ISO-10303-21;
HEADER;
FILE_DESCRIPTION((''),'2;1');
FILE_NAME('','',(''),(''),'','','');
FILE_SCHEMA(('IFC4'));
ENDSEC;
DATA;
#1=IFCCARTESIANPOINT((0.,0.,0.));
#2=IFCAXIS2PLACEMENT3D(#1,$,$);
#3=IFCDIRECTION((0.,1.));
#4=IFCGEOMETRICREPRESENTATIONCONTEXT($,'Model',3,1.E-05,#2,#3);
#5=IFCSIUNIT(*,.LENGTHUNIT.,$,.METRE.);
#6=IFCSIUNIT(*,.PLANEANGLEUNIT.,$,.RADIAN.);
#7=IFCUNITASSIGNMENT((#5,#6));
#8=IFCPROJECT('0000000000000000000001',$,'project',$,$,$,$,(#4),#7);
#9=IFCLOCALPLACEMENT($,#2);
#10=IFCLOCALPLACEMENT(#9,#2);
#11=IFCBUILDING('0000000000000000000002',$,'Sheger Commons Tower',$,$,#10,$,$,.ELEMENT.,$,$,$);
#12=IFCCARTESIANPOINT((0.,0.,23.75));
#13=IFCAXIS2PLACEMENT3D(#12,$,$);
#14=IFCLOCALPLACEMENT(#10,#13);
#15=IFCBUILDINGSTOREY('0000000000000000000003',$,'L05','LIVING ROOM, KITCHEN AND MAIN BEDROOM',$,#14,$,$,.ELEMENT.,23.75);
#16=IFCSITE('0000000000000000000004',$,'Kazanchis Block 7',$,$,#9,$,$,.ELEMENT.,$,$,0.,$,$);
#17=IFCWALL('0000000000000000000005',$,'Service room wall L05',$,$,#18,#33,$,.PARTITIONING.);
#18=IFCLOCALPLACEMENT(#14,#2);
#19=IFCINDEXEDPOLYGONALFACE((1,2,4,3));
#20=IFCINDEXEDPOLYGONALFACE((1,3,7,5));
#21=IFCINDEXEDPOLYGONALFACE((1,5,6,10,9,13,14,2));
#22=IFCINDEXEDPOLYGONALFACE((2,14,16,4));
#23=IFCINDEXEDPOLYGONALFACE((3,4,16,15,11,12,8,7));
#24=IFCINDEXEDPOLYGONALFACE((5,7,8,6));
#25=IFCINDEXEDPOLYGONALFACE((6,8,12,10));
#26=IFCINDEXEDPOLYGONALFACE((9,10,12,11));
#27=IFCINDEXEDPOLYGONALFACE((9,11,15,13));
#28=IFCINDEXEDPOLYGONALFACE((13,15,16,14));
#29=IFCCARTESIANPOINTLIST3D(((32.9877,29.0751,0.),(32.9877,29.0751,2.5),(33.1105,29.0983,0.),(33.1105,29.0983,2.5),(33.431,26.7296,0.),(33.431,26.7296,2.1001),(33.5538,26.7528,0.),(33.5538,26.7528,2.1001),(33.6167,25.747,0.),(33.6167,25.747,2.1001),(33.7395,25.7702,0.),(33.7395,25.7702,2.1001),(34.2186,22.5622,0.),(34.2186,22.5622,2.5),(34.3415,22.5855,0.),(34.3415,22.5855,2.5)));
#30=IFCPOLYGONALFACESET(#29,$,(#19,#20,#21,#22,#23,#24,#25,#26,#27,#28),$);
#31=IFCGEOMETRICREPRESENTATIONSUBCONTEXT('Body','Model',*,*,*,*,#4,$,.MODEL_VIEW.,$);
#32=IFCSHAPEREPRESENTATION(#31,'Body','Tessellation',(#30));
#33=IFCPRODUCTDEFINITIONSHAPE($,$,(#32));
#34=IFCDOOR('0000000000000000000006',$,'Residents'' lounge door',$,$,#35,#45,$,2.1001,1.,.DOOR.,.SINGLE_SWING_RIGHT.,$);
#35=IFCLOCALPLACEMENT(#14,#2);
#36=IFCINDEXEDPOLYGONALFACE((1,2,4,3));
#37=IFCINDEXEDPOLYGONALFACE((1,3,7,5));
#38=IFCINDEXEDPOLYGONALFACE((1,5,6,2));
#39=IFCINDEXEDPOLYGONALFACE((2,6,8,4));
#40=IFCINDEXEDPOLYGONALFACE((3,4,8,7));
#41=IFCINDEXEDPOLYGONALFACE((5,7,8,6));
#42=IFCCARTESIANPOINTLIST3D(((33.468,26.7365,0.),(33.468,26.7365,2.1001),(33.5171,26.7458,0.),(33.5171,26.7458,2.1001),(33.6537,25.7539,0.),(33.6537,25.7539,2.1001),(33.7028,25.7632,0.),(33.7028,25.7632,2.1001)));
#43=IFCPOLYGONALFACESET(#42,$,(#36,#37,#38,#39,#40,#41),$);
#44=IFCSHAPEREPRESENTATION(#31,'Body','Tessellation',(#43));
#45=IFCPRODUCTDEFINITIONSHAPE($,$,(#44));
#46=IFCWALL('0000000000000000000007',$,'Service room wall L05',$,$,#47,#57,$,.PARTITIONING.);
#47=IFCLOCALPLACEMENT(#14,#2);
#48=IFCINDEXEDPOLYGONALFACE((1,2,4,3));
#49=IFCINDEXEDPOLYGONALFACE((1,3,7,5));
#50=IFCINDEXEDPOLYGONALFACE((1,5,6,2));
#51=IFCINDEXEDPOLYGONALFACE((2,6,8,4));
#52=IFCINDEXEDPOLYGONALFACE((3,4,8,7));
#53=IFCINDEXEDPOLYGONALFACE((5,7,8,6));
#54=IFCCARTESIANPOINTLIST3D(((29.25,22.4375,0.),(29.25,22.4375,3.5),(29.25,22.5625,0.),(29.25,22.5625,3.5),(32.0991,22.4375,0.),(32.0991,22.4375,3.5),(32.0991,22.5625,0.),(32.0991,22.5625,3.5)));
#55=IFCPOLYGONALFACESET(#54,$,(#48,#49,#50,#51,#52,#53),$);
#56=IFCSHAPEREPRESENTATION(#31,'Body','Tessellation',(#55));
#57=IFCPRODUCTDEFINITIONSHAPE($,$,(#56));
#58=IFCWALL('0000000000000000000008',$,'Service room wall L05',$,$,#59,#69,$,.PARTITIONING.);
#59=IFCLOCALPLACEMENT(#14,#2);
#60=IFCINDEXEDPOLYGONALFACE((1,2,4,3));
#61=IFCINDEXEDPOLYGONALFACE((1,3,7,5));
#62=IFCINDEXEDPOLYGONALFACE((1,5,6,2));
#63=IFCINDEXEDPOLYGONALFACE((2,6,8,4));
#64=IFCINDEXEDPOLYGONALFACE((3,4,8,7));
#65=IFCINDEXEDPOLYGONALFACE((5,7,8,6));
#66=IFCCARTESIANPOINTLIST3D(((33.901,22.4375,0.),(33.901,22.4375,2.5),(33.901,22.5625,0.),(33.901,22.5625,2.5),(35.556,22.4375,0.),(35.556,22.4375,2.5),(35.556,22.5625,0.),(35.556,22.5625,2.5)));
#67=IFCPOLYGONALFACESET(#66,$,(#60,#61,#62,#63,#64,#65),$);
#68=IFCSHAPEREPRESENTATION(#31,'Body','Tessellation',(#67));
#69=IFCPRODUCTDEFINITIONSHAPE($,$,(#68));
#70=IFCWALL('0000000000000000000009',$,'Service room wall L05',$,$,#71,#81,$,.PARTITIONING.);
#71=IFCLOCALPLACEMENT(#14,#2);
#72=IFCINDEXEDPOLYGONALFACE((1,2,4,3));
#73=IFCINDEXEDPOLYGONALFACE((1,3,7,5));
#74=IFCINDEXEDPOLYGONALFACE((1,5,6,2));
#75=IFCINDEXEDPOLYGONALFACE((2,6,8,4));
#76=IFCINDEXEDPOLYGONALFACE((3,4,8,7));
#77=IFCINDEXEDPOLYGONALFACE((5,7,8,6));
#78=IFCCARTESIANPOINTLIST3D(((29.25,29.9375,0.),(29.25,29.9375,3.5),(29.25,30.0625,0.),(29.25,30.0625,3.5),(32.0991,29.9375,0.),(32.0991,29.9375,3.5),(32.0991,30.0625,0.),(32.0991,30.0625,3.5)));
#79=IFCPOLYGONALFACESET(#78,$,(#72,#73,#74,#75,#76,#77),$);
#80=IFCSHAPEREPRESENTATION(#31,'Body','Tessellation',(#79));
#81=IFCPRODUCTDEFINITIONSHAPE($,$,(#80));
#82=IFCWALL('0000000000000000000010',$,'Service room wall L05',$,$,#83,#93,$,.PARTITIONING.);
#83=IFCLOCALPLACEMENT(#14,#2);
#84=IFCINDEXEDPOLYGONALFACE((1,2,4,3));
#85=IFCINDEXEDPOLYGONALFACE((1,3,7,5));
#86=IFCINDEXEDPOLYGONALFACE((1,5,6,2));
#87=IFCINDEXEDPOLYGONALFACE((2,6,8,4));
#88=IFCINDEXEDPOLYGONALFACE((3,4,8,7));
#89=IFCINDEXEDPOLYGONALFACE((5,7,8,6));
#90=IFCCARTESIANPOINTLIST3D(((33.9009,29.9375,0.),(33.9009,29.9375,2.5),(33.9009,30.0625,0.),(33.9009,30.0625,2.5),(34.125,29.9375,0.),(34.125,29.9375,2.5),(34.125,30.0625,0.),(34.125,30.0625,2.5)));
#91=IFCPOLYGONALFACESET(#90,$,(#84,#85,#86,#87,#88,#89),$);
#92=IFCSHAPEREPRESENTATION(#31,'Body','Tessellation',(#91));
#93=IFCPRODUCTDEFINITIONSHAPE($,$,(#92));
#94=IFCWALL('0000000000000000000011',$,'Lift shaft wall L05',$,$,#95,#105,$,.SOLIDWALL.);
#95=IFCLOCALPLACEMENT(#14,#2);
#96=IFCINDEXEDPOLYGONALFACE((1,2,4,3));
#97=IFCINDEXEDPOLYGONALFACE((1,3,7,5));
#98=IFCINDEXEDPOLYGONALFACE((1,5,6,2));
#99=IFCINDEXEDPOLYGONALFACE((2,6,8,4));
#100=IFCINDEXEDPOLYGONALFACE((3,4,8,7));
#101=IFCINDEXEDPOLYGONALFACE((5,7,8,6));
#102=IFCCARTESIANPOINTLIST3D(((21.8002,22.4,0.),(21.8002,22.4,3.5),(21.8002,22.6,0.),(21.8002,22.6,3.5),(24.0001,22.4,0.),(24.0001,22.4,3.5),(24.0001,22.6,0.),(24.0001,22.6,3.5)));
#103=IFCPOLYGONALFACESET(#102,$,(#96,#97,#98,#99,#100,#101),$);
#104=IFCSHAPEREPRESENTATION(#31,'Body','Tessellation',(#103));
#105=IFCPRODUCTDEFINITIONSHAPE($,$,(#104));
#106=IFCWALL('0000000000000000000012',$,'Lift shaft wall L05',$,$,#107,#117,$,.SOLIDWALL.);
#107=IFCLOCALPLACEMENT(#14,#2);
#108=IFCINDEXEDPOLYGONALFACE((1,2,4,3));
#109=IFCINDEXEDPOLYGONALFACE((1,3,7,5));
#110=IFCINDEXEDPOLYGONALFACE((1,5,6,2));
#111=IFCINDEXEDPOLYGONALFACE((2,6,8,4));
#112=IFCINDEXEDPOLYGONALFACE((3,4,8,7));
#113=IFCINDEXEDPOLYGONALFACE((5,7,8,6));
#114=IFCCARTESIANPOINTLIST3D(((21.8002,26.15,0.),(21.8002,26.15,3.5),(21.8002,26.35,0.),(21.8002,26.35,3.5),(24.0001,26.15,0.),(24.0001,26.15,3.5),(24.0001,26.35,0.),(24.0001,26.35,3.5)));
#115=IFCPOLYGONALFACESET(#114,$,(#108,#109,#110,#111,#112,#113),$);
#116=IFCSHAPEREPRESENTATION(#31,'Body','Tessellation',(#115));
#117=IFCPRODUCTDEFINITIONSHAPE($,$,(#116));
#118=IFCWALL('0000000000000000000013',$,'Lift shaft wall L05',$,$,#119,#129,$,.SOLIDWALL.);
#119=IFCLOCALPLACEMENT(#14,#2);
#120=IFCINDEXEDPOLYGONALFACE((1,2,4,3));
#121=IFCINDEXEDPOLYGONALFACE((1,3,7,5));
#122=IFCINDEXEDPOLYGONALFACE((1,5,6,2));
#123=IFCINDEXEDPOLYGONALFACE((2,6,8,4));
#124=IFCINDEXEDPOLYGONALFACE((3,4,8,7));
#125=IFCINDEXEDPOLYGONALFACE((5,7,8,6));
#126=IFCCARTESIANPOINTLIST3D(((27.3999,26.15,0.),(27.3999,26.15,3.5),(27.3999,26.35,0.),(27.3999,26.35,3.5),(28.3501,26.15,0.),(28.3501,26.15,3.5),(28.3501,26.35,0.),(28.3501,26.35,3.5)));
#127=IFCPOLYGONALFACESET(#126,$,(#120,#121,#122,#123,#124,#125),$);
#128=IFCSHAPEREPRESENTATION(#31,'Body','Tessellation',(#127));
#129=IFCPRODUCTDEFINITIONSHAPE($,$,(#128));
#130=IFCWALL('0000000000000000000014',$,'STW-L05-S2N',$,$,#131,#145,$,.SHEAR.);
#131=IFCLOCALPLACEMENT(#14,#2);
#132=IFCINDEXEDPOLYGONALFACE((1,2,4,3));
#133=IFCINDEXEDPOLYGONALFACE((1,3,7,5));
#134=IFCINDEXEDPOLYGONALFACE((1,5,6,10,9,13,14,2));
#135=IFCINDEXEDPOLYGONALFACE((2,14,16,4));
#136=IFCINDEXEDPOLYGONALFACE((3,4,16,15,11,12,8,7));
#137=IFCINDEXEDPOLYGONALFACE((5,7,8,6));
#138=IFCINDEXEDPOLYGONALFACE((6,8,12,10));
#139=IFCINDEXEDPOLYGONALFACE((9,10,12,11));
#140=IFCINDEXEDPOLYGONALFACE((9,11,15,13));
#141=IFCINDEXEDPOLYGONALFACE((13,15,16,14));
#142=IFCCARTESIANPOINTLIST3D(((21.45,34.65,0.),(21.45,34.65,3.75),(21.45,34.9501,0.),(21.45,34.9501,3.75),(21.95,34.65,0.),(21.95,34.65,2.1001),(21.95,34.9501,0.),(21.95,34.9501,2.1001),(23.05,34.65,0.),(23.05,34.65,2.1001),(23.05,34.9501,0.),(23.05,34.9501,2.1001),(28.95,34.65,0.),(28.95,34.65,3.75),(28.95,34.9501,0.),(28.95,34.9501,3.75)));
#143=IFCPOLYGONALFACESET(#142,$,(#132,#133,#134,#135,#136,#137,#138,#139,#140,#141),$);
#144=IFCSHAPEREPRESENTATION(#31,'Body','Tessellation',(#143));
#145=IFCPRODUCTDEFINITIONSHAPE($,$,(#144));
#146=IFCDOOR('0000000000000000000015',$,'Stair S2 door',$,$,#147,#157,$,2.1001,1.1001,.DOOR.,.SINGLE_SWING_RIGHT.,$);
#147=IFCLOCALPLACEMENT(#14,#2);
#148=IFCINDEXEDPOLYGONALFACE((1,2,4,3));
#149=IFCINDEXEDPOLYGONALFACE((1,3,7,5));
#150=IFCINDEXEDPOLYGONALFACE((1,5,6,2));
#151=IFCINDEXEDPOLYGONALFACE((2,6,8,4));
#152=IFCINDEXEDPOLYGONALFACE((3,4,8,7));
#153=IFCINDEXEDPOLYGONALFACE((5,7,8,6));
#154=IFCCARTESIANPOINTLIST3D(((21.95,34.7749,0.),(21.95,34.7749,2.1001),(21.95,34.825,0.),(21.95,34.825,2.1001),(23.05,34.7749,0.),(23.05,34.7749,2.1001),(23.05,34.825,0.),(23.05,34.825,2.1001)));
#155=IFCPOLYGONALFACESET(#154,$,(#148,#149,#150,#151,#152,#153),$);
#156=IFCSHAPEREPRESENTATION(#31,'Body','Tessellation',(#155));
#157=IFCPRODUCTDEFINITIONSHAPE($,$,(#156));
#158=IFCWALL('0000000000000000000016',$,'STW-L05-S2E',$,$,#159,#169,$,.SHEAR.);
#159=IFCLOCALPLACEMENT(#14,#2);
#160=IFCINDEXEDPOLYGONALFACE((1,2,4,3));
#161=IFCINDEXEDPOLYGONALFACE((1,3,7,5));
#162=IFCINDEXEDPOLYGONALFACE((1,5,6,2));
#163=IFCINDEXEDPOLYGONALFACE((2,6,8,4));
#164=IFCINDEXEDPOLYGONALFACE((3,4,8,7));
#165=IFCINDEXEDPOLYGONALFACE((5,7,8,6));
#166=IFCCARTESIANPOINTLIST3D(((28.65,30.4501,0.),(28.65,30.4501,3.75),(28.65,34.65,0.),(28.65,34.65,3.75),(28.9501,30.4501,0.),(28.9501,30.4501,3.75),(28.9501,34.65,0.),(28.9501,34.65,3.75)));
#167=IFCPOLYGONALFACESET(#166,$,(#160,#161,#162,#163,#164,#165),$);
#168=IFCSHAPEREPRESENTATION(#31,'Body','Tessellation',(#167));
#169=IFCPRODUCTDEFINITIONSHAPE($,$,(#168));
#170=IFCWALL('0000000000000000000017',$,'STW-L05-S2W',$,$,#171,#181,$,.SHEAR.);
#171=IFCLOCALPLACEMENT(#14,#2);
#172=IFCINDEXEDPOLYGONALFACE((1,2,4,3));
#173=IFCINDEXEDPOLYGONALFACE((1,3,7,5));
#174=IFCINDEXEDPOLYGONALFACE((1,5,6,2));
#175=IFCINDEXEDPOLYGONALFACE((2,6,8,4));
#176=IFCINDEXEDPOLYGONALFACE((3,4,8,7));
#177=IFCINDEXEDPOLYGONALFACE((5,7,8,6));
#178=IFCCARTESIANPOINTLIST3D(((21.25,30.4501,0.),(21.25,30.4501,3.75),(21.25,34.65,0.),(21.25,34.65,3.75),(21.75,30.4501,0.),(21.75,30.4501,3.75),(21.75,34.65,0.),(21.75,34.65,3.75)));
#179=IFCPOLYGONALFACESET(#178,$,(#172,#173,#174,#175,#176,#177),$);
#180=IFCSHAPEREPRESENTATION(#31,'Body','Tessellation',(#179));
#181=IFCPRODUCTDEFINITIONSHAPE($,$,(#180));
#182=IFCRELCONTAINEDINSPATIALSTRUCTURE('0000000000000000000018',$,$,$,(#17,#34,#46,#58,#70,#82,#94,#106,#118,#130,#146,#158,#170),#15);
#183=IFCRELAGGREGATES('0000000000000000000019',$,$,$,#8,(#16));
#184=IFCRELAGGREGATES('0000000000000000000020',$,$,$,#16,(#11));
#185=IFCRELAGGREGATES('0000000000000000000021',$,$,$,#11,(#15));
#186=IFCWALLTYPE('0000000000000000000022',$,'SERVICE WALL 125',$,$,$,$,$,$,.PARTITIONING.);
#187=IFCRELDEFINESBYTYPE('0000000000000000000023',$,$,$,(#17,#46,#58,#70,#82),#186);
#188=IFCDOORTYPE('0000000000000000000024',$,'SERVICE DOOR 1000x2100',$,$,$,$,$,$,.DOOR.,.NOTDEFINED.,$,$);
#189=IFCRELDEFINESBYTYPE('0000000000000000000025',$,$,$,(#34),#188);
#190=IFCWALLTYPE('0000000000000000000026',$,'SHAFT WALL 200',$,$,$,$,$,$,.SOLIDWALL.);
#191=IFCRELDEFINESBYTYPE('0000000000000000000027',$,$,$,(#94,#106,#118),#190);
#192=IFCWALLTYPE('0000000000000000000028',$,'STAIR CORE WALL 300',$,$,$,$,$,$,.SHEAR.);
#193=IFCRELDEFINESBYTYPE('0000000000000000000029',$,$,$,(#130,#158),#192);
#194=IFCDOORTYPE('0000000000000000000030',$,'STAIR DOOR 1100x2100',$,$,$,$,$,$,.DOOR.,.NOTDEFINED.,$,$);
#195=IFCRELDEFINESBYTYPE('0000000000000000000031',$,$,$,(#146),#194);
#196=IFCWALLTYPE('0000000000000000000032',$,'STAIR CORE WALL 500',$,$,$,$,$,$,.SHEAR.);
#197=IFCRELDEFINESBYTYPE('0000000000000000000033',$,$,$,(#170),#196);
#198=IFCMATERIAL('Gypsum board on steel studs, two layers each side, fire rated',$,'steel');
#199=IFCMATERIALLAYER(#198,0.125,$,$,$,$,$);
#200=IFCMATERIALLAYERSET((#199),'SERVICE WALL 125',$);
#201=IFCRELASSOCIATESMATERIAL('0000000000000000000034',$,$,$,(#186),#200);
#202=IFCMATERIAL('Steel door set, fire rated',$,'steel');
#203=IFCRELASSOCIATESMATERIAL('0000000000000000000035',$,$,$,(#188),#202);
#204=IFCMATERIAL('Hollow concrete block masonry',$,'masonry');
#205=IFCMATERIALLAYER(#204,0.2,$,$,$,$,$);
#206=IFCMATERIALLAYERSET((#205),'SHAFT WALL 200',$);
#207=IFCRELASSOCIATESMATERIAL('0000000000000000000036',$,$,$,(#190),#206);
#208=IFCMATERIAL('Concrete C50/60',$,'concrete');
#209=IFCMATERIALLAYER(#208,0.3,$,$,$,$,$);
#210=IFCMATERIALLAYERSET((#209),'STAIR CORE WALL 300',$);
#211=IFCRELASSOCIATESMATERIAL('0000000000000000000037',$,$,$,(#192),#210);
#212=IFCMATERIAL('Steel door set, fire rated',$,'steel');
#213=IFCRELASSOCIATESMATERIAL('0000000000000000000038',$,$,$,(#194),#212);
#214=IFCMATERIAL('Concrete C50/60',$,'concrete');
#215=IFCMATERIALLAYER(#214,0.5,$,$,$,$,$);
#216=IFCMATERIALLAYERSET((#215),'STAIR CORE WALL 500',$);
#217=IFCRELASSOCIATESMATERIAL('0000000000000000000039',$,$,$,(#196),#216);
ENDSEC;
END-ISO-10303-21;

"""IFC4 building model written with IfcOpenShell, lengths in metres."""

from ifc_helpers import new_model, si_unit, direction, frame, frame_2d, origin, place, context, subcontext, project, spatial, rectangle, extrude, material, layer, layer_set, type_object, element, fill, save


model = new_model("IFC4")

# Units and contexts
model_context = context("Model", 3, precision=1e-05, world=origin(), true_north=direction((0.0, 1.0)))
body_context = subcontext(model_context, "Body", "Model", "MODEL_VIEW")
ifc_project = project(units=[si_unit("LENGTHUNIT", "METRE"), si_unit("PLANEANGLEUNIT", "RADIAN")], contexts=[model_context])

# Site, building, storey
site_placement = place(None, origin())
site = spatial("IfcSite", under=ifc_project, at=site_placement, Name="Kazanchis Block 7", CompositionType="ELEMENT", RefElevation=0.0)
building_placement = place(site_placement, origin())
building = spatial("IfcBuilding", under=site, at=building_placement, Name="Sheger Commons Tower", CompositionType="ELEMENT")
storey_placement = place(building_placement, frame((0.0, 0.0, 23.75)))
storey = spatial("IfcBuildingStorey", under=building, at=storey_placement, Name="L05", Description="LIVING ROOM, KITCHEN AND MAIN BEDROOM", CompositionType="ELEMENT", Elevation=23.75)

# Shared definitions
ifc_material_1 = material(Name="Gypsum board on steel studs, two layers each side, fire rated", Category="steel")
ifc_layer_1 = layer(ifc_material_1, 0.125)
ifc_layer_set_1 = layer_set([ifc_layer_1], Name="SERVICE WALL 125")
wall_type_1 = type_object("IfcWallType", Name="SERVICE WALL 125", PredefinedType="PARTITIONING", material=ifc_layer_set_1)

# Wall, opening, door
ifc_material_2 = material(Name="Steel door set, fire rated", Category="steel")
door_type_1 = type_object("IfcDoorType", Name="SERVICE DOOR 1000x2100", OperationType="NOTDEFINED", PredefinedType="DOOR", material=ifc_material_2)
wall_1_placement = place(storey_placement, frame((34.28, 22.574, 0.0), z_axis=(0.0, 0.0, 1.0), x_axis=(-0.185714, 0.982604, 0.0)))
wall_1 = element("IfcWall", 1, at=wall_1_placement, inside=storey, type_object=wall_type_1, Name="Service room wall L05", PredefinedType="PARTITIONING", context=body_context, shape_type="SweptSolid", body=[
    extrude(rectangle(XDim=6.6282, YDim=0.125, at=frame_2d((3.314, 0.0))), origin(), (0.0, 0.0, 1.0), 2.5),
])
opening_1_placement = place(wall_1_placement, frame((3.241, 0.0, 0.0)))
opening_1 = element("IfcOpeningElement", 2, at=opening_1_placement, cuts=wall_1, PredefinedType="OPENING", context=body_context, shape_type="SweptSolid", body=[
    extrude(rectangle(XDim=1.0, YDim=2.1001, at=frame_2d((0.5, 1.05))), frame((0.0, 0.0725, 0.0), z_axis=(0.0, -1.0, 0.0), x_axis=(1.0, 0.0, 0.0)), (0.0, 0.0, 1.0), 0.145),
])
door_1_placement = place(opening_1_placement, origin())
door_1 = element("IfcDoor", 3, at=door_1_placement, inside=storey, type_object=door_type_1, Name="Residents' lounge door", OperationType="SINGLE_SWING_RIGHT", OverallHeight=2.1001, OverallWidth=1.0, PredefinedType="DOOR", context=body_context, shape_type="SweptSolid", body=[
    extrude(rectangle(XDim=1.0, YDim=2.1001, at=frame_2d((0.5, 1.05))), frame((0.0, 0.0249, 0.0), z_axis=(0.0, -1.0, 0.0), x_axis=(1.0, 0.0, 0.0)), (0.0, 0.0, 1.0), 0.05),
])
fill(opening_1, door_1)

# Walls
wall_2_placement = place(storey_placement, frame((29.25, 22.5, 0.0), z_axis=(0.0, 0.0, 1.0), x_axis=(1.0, 0.0, 0.0)))
element("IfcWall", 4, at=wall_2_placement, inside=storey, type_object=wall_type_1, Name="Service room wall L05", PredefinedType="PARTITIONING", context=body_context, shape_type="SweptSolid", body=[
    extrude(rectangle(XDim=2.8491, YDim=0.125, at=frame_2d((1.4246, 0.0))), origin(), (0.0, 0.0, 1.0), 3.5),
])
wall_3_placement = place(storey_placement, frame((33.9009, 22.5, 0.0), z_axis=(0.0, 0.0, 1.0), x_axis=(1.0, 0.0, 0.0)))
element("IfcWall", 5, at=wall_3_placement, inside=storey, type_object=wall_type_1, Name="Service room wall L05", PredefinedType="PARTITIONING", context=body_context, shape_type="SweptSolid", body=[
    extrude(rectangle(XDim=1.655, YDim=0.125, at=frame_2d((0.8276, 0.0))), origin(), (0.0, 0.0, 1.0), 2.5),
])
wall_4_placement = place(storey_placement, frame((29.25, 30.0, 0.0), z_axis=(0.0, 0.0, 1.0), x_axis=(1.0, 0.0, 0.0)))
element("IfcWall", 6, at=wall_4_placement, inside=storey, type_object=wall_type_1, Name="Service room wall L05", PredefinedType="PARTITIONING", context=body_context, shape_type="SweptSolid", body=[
    extrude(rectangle(XDim=2.8491, YDim=0.125, at=frame_2d((1.4246, 0.0))), origin(), (0.0, 0.0, 1.0), 3.5),
])
wall_5_placement = place(storey_placement, frame((33.9009, 30.0, 0.0), z_axis=(0.0, 0.0, 1.0), x_axis=(1.0, 0.0, 0.0)))
element("IfcWall", 7, at=wall_5_placement, inside=storey, type_object=wall_type_1, Name="Service room wall L05", PredefinedType="PARTITIONING", context=body_context, shape_type="SweptSolid", body=[
    extrude(rectangle(XDim=0.2241, YDim=0.125, at=frame_2d((0.1121, 0.0))), origin(), (0.0, 0.0, 1.0), 2.5),
])
ifc_material_3 = material(Name="Hollow concrete block masonry", Category="masonry")
ifc_layer_2 = layer(ifc_material_3, 0.2)
ifc_layer_set_2 = layer_set([ifc_layer_2], Name="SHAFT WALL 200")
wall_type_2 = type_object("IfcWallType", Name="SHAFT WALL 200", PredefinedType="SOLIDWALL", material=ifc_layer_set_2)
for number, where, z_axis, x_axis, name in (
    (8, (21.8, 22.5, 0.0), (0.0, 0.0, 1.0), (1.0, 0.0, 0.0), "Lift shaft wall L05"),
    (9, (21.8, 26.25, 0.0), (0.0, 0.0, 1.0), (1.0, 0.0, 0.0), "Lift shaft wall L05"),
):
    element("IfcWall", number, at=place(storey_placement, frame(where, z_axis=z_axis, x_axis=x_axis)), inside=storey, type_object=wall_type_2, Name=name, PredefinedType="SOLIDWALL", context=body_context, shape_type="SweptSolid", body=[
        extrude(rectangle(XDim=2.2, YDim=0.2, at=frame_2d((1.1001, 0.0))), origin(), (0.0, 0.0, 1.0), 3.5),
    ])
wall_6_placement = place(storey_placement, frame((27.3999, 26.25, 0.0), z_axis=(0.0, 0.0, 1.0), x_axis=(1.0, 0.0, 0.0)))
element("IfcWall", 10, at=wall_6_placement, inside=storey, type_object=wall_type_2, Name="Lift shaft wall L05", PredefinedType="SOLIDWALL", context=body_context, shape_type="SweptSolid", body=[
    extrude(rectangle(XDim=0.9502, YDim=0.2, at=frame_2d((0.4751, 0.0))), origin(), (0.0, 0.0, 1.0), 3.5),
])

# Wall, opening, door
ifc_material_4 = material(Name="Concrete C50/60", Category="concrete")
ifc_layer_3 = layer(ifc_material_4, 0.3)
ifc_layer_set_3 = layer_set([ifc_layer_3], Name="STAIR CORE WALL 300")
wall_type_3 = type_object("IfcWallType", Name="STAIR CORE WALL 300", PredefinedType="SHEAR", material=ifc_layer_set_3)
wall_7_placement = place(storey_placement, frame((21.45, 34.8, 0.0), z_axis=(0.0, 0.0, 1.0), x_axis=(1.0, 0.0, 0.0)))
wall_7 = element("IfcWall", 11, at=wall_7_placement, inside=storey, type_object=wall_type_3, Name="STW-L05-S2N", PredefinedType="SHEAR", context=body_context, shape_type="SweptSolid", body=[
    extrude(rectangle(XDim=7.5, YDim=0.3, at=frame_2d((3.75, 0.0))), origin(), (0.0, 0.0, 1.0), 3.75),
])
opening_2_placement = place(wall_7_placement, frame((0.5, 0.0, 0.0)))
opening_2 = element("IfcOpeningElement", 12, at=opening_2_placement, cuts=wall_7, PredefinedType="OPENING", context=body_context, shape_type="SweptSolid", body=[
    extrude(rectangle(XDim=1.1001, YDim=2.1001, at=frame_2d((0.55, 1.05))), frame((0.0, 0.1599, 0.0), z_axis=(0.0, -1.0, 0.0), x_axis=(1.0, 0.0, 0.0)), (0.0, 0.0, 1.0), 0.3201),
])
ifc_material_5 = material(Name="Steel door set, fire rated", Category="steel")
door_type_2 = type_object("IfcDoorType", Name="STAIR DOOR 1100x2100", OperationType="NOTDEFINED", PredefinedType="DOOR", material=ifc_material_5)
door_2_placement = place(opening_2_placement, origin())
door_2 = element("IfcDoor", 13, at=door_2_placement, inside=storey, type_object=door_type_2, Name="Stair S2 door", OperationType="SINGLE_SWING_RIGHT", OverallHeight=2.1001, OverallWidth=1.1001, PredefinedType="DOOR", context=body_context, shape_type="SweptSolid", body=[
    extrude(rectangle(XDim=1.1001, YDim=2.1001, at=frame_2d((0.55, 1.05))), frame((0.0, 0.0249, 0.0), z_axis=(0.0, -1.0, 0.0), x_axis=(1.0, 0.0, 0.0)), (0.0, 0.0, 1.0), 0.05),
])
fill(opening_2, door_2)

# Walls
wall_8_placement = place(storey_placement, frame((28.8, 30.45, 0.0), z_axis=(0.0, 0.0, 1.0), x_axis=(0.0, 1.0, 0.0)))
element("IfcWall", 14, at=wall_8_placement, inside=storey, type_object=wall_type_3, Name="STW-L05-S2E", PredefinedType="SHEAR", context=body_context, shape_type="SweptSolid", body=[
    extrude(rectangle(XDim=4.2, YDim=0.3, at=frame_2d((2.1001, 0.0))), origin(), (0.0, 0.0, 1.0), 3.75),
])
ifc_material_6 = material(Name="Concrete C50/60", Category="concrete")
ifc_layer_4 = layer(ifc_material_6, 0.5)
ifc_layer_set_4 = layer_set([ifc_layer_4], Name="STAIR CORE WALL 500")
wall_type_4 = type_object("IfcWallType", Name="STAIR CORE WALL 500", PredefinedType="SHEAR", material=ifc_layer_set_4)
wall_9_placement = place(storey_placement, frame((21.5, 30.45, 0.0), z_axis=(0.0, 0.0, 1.0), x_axis=(0.0, 1.0, 0.0)))
element("IfcWall", 15, at=wall_9_placement, inside=storey, type_object=wall_type_4, Name="STW-L05-S2W", PredefinedType="SHEAR", context=body_context, shape_type="SweptSolid", body=[
    extrude(rectangle(XDim=4.2, YDim=0.5, at=frame_2d((2.1001, 0.0))), origin(), (0.0, 0.0, 1.0), 3.75),
])

save(model, "model.ifc")
